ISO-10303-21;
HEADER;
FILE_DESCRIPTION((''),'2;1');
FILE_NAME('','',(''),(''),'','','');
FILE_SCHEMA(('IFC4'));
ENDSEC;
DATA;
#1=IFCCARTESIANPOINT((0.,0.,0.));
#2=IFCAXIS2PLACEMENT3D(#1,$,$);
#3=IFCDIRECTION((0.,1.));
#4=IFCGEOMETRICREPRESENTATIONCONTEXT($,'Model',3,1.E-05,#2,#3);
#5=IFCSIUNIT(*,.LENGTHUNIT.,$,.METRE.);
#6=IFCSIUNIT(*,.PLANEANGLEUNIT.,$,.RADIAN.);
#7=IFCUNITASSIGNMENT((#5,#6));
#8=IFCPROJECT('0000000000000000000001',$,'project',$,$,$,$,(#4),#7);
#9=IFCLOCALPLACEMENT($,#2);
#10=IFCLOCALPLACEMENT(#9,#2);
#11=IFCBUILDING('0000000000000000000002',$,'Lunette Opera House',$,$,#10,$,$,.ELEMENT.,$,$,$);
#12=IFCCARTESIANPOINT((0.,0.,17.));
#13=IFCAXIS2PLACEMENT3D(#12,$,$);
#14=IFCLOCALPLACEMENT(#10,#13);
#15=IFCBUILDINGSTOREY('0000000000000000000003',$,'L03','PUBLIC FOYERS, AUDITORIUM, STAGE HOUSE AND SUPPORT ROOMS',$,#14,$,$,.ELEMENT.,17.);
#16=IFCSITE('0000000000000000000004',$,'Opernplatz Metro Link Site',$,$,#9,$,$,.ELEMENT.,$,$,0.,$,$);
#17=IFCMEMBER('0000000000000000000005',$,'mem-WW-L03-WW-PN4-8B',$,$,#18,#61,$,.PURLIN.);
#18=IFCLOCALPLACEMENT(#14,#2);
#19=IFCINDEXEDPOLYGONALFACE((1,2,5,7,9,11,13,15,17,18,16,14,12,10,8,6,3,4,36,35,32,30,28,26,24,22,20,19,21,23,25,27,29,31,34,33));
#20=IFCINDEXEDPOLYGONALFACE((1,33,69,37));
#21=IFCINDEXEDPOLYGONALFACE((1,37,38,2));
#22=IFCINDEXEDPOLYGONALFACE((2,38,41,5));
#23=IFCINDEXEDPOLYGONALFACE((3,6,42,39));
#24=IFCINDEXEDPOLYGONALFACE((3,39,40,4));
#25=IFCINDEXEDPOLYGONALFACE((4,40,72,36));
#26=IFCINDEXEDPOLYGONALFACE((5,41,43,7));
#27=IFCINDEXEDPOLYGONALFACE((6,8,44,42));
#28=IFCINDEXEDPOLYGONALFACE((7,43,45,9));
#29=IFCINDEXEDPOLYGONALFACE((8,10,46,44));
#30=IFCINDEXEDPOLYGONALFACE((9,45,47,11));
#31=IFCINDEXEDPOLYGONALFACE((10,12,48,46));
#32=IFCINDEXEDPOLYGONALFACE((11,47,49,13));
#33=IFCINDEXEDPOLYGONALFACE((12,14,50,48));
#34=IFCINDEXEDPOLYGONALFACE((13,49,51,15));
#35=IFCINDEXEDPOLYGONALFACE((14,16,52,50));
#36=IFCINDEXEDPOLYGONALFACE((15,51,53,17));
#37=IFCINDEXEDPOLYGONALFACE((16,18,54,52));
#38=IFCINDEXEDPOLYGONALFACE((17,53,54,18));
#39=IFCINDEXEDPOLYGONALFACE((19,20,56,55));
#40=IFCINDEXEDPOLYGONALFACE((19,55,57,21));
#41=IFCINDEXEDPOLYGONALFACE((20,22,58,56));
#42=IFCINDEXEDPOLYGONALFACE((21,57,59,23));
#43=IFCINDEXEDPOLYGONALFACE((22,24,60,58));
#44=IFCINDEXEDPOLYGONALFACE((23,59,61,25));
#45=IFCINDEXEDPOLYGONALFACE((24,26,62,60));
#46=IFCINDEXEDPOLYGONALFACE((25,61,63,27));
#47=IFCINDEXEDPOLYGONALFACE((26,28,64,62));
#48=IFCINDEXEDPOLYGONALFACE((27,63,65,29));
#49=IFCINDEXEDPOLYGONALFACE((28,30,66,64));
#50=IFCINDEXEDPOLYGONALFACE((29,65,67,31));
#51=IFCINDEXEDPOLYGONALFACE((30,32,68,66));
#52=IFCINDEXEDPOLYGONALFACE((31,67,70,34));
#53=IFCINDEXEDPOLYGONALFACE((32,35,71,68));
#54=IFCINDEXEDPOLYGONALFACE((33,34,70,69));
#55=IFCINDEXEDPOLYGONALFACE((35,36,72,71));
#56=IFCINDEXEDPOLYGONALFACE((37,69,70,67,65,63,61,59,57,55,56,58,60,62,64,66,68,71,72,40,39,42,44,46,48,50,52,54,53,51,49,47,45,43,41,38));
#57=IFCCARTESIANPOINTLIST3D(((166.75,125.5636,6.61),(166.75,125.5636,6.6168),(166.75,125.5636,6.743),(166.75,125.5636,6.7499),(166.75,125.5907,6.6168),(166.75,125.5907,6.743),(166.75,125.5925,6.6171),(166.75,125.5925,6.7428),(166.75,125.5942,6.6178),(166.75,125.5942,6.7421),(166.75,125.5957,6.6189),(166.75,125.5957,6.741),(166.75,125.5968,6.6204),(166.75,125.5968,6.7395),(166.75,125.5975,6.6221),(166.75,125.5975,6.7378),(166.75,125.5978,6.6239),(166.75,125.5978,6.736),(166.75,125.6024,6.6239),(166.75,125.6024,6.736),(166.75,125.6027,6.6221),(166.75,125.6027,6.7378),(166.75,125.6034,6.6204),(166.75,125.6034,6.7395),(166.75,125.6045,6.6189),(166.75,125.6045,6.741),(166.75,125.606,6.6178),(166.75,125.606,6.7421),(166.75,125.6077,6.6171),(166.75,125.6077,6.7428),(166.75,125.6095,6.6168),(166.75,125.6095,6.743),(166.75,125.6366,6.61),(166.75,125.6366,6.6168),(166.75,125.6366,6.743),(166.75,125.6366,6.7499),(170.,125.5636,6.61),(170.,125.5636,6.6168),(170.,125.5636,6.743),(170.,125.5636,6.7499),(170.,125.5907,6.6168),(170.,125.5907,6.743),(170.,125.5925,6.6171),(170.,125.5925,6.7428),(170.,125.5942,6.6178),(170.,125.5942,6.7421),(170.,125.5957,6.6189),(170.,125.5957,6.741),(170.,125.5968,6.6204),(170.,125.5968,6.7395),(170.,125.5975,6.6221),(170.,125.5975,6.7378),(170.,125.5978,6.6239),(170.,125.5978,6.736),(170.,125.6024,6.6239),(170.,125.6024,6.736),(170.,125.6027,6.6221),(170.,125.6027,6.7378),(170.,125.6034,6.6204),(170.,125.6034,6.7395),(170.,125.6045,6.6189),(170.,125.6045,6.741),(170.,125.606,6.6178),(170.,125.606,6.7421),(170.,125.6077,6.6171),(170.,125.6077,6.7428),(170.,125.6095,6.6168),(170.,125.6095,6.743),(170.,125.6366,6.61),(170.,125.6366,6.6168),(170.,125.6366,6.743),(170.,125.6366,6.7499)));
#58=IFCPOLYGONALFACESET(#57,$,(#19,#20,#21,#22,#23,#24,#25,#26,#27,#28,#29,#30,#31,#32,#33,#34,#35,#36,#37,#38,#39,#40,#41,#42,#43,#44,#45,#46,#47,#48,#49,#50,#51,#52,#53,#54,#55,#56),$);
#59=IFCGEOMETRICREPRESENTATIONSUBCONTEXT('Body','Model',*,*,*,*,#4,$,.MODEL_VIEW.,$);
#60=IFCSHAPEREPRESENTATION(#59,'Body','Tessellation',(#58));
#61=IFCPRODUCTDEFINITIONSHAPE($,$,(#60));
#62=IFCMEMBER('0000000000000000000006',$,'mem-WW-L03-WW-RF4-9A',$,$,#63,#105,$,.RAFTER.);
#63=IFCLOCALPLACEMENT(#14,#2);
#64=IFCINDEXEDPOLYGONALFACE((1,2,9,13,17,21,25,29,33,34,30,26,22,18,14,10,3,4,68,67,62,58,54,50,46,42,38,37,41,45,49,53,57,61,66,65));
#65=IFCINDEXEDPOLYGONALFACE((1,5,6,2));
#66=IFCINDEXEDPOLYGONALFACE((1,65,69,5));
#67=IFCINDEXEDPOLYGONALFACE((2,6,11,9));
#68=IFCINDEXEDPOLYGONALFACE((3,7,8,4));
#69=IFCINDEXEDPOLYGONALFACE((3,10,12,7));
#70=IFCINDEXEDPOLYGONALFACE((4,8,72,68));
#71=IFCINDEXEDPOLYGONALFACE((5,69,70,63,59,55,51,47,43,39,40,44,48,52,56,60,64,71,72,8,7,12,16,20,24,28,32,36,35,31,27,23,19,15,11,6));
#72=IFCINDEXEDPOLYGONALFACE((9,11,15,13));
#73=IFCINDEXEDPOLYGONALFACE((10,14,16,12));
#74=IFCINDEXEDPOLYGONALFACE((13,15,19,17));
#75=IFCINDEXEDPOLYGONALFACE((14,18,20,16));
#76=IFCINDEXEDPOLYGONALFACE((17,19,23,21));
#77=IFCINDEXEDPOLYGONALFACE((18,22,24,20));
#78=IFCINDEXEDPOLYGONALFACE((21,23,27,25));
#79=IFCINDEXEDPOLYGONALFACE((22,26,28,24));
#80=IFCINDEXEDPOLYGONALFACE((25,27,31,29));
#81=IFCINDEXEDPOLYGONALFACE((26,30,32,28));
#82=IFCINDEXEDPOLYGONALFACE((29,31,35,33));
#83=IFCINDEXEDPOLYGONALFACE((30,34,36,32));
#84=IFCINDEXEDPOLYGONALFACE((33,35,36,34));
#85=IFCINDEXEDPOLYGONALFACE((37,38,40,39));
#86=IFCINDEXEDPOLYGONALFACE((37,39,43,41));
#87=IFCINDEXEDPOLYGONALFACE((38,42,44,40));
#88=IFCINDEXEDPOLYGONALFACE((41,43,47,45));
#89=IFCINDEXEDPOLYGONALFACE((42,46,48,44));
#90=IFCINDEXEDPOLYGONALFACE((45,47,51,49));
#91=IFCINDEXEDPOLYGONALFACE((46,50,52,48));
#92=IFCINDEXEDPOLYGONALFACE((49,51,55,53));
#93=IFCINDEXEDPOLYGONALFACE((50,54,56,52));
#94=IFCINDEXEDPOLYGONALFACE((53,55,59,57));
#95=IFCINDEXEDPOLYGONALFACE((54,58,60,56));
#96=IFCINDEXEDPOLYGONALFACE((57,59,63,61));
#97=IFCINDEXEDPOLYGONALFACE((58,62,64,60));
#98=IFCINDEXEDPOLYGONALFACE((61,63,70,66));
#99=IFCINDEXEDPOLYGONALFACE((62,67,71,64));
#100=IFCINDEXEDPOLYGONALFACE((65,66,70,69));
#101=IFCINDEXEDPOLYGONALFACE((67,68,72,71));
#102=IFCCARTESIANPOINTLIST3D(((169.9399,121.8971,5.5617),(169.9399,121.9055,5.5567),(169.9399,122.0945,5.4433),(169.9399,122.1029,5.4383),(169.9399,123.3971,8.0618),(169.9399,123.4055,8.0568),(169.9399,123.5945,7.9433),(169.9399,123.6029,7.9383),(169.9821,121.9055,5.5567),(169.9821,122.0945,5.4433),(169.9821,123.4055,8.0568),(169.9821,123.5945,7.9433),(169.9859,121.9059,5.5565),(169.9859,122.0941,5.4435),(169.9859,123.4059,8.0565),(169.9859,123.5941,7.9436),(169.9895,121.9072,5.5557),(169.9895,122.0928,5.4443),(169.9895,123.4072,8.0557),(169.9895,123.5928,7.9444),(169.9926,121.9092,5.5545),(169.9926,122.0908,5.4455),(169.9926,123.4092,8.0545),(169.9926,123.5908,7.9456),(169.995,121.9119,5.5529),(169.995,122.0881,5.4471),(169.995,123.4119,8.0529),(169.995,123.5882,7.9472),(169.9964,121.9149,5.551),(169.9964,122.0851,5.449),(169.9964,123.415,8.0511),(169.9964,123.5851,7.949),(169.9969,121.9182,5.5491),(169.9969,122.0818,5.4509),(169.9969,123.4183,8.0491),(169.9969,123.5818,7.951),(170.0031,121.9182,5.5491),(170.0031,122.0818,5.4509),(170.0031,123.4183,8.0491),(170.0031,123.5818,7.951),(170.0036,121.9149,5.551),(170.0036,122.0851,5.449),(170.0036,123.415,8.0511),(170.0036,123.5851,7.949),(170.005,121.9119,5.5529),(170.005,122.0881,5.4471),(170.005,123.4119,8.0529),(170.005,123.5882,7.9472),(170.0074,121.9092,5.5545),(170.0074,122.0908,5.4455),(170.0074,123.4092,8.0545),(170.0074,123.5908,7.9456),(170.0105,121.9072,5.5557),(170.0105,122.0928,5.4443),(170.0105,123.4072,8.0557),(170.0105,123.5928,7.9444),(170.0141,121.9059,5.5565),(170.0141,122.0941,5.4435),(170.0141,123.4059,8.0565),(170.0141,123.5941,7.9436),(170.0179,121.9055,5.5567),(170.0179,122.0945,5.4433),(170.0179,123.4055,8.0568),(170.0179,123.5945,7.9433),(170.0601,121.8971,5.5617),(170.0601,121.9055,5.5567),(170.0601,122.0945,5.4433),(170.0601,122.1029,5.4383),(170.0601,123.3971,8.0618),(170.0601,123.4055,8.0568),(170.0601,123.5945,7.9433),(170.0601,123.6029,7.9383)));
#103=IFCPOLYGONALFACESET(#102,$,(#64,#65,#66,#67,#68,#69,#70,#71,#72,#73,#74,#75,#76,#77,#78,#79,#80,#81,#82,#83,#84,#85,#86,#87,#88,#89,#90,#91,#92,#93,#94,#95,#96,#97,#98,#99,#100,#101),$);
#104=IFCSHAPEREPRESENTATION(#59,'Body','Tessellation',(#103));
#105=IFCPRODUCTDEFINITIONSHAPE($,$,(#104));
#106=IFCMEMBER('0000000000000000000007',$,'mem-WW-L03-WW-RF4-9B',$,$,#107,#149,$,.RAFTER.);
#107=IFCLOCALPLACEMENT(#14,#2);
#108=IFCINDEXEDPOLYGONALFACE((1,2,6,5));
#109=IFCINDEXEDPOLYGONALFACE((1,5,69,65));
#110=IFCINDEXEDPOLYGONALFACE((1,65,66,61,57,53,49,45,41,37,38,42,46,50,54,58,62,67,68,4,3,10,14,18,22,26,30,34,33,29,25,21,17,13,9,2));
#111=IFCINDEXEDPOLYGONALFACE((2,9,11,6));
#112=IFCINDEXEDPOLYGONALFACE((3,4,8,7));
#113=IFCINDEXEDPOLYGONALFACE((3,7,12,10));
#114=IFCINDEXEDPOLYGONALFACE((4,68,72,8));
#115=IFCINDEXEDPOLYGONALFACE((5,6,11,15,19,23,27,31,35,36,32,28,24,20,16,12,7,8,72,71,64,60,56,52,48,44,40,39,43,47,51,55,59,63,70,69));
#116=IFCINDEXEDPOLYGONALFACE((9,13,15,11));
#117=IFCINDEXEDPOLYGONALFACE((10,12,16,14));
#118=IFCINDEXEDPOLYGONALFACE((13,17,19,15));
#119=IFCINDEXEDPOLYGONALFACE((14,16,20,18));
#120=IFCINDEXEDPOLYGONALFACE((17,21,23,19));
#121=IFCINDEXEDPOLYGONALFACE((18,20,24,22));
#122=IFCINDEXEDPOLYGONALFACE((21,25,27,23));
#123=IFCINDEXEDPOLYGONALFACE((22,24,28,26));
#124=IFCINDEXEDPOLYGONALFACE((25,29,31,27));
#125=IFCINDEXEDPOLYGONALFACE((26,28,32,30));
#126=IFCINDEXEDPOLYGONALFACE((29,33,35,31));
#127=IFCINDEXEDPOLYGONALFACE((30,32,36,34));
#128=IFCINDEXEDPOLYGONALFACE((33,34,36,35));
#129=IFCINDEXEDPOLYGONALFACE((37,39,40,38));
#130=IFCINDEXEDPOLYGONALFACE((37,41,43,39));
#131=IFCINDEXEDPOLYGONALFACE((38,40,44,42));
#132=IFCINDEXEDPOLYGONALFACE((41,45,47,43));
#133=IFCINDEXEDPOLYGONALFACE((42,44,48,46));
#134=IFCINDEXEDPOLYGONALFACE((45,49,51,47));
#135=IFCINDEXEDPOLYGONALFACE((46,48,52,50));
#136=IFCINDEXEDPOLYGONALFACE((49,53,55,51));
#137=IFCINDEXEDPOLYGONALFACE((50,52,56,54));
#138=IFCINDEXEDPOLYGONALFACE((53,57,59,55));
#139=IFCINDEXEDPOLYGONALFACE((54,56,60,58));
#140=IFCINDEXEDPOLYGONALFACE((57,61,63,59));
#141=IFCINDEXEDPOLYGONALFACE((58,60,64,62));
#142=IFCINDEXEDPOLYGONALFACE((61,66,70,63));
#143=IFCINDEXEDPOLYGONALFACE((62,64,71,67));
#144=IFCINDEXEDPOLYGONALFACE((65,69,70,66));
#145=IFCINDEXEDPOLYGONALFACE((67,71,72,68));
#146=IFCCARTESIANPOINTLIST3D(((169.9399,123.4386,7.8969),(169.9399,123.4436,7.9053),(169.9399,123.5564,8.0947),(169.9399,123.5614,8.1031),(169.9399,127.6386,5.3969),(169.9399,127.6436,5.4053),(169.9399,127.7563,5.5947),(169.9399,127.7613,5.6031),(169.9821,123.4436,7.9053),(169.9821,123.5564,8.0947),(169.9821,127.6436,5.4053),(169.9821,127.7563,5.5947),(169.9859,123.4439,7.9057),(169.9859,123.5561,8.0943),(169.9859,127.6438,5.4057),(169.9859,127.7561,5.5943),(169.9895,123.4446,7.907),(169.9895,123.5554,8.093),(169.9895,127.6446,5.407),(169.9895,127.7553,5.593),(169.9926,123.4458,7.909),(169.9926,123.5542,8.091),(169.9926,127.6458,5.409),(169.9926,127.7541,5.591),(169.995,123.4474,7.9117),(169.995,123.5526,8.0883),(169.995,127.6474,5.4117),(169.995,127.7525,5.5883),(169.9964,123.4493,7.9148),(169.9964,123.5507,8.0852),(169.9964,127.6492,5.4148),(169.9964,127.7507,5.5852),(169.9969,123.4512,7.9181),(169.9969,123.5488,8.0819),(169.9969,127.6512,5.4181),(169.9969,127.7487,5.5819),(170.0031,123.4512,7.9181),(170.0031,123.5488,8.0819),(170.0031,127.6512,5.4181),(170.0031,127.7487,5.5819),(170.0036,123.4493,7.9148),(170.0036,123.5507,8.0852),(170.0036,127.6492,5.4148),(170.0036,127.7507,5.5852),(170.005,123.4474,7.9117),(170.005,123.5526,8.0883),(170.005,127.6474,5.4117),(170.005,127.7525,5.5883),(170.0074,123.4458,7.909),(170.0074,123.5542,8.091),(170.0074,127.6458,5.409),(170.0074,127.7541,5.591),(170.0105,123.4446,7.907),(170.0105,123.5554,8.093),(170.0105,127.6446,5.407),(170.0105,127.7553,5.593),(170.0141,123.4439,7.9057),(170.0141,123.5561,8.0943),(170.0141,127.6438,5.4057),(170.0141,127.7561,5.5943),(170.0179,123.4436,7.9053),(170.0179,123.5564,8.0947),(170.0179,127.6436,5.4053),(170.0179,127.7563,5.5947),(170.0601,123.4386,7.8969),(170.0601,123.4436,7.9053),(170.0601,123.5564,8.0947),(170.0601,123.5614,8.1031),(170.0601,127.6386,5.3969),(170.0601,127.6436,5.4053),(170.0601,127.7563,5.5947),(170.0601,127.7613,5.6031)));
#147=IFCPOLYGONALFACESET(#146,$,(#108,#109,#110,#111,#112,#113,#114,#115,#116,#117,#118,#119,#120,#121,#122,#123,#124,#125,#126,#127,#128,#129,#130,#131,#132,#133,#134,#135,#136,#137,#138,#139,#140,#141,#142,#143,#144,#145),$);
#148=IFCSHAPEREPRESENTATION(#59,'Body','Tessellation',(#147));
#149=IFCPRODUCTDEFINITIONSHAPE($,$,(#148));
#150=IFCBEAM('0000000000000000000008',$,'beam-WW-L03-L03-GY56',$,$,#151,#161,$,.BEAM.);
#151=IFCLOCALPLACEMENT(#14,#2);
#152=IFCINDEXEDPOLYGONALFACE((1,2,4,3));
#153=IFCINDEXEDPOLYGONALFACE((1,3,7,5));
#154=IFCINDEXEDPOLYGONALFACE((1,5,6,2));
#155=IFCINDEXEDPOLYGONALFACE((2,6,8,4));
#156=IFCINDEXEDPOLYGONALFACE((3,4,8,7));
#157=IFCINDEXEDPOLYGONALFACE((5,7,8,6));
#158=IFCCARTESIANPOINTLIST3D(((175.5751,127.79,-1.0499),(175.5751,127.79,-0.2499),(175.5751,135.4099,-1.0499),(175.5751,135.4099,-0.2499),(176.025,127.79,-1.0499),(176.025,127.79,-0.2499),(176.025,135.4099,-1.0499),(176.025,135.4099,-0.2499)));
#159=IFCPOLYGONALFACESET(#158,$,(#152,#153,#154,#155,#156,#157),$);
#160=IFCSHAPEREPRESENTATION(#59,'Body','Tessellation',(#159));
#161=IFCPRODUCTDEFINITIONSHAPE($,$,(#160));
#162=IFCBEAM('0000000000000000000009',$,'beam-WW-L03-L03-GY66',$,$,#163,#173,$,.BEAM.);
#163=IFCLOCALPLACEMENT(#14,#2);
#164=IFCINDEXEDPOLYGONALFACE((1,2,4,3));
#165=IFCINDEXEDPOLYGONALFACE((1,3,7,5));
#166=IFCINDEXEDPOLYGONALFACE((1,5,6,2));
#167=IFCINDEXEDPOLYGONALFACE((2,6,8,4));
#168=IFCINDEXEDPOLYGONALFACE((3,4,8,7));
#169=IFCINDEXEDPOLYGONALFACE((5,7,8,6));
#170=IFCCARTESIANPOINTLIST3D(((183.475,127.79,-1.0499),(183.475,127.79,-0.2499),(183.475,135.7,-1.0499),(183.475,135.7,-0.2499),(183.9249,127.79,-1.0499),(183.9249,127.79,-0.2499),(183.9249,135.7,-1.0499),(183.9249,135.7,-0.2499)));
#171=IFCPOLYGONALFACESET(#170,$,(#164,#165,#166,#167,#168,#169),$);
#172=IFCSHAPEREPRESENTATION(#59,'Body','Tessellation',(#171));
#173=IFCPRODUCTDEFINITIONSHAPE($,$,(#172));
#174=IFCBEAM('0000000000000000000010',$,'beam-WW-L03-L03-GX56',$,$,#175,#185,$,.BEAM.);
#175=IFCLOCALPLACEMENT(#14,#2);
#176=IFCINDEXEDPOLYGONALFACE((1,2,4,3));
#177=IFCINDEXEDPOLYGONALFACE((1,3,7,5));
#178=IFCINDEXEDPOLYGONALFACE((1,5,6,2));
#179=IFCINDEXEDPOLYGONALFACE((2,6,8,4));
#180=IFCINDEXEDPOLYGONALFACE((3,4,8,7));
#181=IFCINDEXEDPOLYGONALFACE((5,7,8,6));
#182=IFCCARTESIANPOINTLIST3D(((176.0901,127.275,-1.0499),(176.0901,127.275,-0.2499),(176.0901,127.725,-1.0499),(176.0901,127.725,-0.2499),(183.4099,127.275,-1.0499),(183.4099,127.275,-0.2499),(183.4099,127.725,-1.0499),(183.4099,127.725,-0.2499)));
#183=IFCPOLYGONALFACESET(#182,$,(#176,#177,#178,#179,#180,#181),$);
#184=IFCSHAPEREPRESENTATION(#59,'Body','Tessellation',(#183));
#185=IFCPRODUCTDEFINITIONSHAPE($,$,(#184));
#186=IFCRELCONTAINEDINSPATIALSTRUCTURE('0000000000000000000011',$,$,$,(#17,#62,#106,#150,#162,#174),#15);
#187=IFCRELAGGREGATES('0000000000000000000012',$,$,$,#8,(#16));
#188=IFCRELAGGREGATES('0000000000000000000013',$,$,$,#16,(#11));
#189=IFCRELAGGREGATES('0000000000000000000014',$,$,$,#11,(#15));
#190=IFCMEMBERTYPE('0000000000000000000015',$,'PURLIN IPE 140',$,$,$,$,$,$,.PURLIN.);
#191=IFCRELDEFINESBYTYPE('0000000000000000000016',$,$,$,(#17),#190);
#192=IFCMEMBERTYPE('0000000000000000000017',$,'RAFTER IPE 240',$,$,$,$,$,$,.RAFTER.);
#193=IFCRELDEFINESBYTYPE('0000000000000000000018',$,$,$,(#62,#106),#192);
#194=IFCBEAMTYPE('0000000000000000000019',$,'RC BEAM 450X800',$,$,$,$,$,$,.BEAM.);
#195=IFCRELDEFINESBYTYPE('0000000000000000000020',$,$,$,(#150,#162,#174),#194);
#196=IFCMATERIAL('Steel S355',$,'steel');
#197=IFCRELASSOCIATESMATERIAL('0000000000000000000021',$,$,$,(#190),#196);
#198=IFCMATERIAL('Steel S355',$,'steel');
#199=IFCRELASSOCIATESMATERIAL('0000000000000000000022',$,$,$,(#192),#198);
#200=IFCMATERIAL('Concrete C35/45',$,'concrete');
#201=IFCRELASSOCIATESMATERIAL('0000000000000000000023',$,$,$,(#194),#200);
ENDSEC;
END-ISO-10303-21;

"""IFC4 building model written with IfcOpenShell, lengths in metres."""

from ifc_helpers import new_model, si_unit, direction, frame, origin, origin_2d, place, context, subcontext, project, spatial, rectangle, i_section, extrude, material, material_profile, profile_set, type_object, element, save


model = new_model("IFC4")

# Units and contexts
model_context = context("Model", 3, precision=1e-05, world=origin(), true_north=direction((0.0, 1.0)))
body_context = subcontext(model_context, "Body", "Model", "MODEL_VIEW")
ifc_project = project(units=[si_unit("LENGTHUNIT", "METRE"), si_unit("PLANEANGLEUNIT", "RADIAN")], contexts=[model_context])

# Site, building, storey
site_placement = place(None, origin())
site = spatial("IfcSite", under=ifc_project, at=site_placement, Name="Opernplatz Metro Link Site", CompositionType="ELEMENT", RefElevation=0.0)
building_placement = place(site_placement, origin())
building = spatial("IfcBuilding", under=site, at=building_placement, Name="Lunette Opera House", CompositionType="ELEMENT")
storey_placement = place(building_placement, frame((0.0, 0.0, 17.0)))
storey = spatial("IfcBuildingStorey", under=building, at=storey_placement, Name="L03", Description="PUBLIC FOYERS, AUDITORIUM, STAGE HOUSE AND SUPPORT ROOMS", CompositionType="ELEMENT", Elevation=17.0)

# Members
ifc_material_1 = material(Name="Steel S355", Category="steel")
ifc_material_profile_1 = material_profile(ifc_material_1, i_section(OverallWidth=0.073, OverallDepth=0.1399, WebThickness=0.0046, FlangeThickness=0.0068, FilletRadius=0.0071, at=origin_2d()), Name="IPE 140")
ifc_profile_set_1 = profile_set([ifc_material_profile_1], Name="Steel S355")
member_type_1 = type_object("IfcMemberType", Name="PURLIN IPE 140", PredefinedType="PURLIN", material=ifc_profile_set_1)
member_1_placement = place(storey_placement, frame((166.75, 125.6001, 6.6799), z_axis=(1.0, 0.0, 0.0), x_axis=(0.0, 1.0, 0.0)))
element("IfcMember", 1, at=member_1_placement, inside=storey, type_object=member_type_1, Name="mem-WW-L03-WW-PN4-8B", PredefinedType="PURLIN", context=body_context, shape_type="SweptSolid", body=[
    extrude(i_section(OverallWidth=0.073, OverallDepth=0.1399, WebThickness=0.0046, FlangeThickness=0.0068, FilletRadius=0.0071, at=origin_2d()), origin(), (0.0, 0.0, 1.0), 3.25),
])
ifc_material_2 = material(Name="Steel S355", Category="steel")
ifc_material_profile_2 = material_profile(ifc_material_2, i_section(OverallWidth=0.1201, OverallDepth=0.24, WebThickness=0.0061, FlangeThickness=0.0098, FilletRadius=0.0149, at=origin_2d()), Name="IPE 240")
ifc_profile_set_2 = profile_set([ifc_material_profile_2], Name="Steel S355")
member_type_2 = type_object("IfcMemberType", Name="RAFTER IPE 240", PredefinedType="RAFTER", material=ifc_profile_set_2)
member_2_placement = place(storey_placement, frame((170.0, 122.0, 5.5), z_axis=(0.0, 0.514496, 0.857493), x_axis=(-1.0, 0.0, 0.0)))
element("IfcMember", 2, at=member_2_placement, inside=storey, type_object=member_type_2, Name="mem-WW-L03-WW-RF4-9A", PredefinedType="RAFTER", context=body_context, shape_type="SweptSolid", body=[
    extrude(i_section(OverallWidth=0.1201, OverallDepth=0.24, WebThickness=0.0061, FlangeThickness=0.0098, FilletRadius=0.0149, at=origin_2d()), origin(), (0.0, 0.0, 1.0), 2.9155),
])
member_3_placement = place(storey_placement, frame((170.0, 123.5, 8.0), z_axis=(0.0, 0.85929, -0.511488), x_axis=(-1.0, 0.0, 0.0)))
element("IfcMember", 3, at=member_3_placement, inside=storey, type_object=member_type_2, Name="mem-WW-L03-WW-RF4-9B", PredefinedType="RAFTER", context=body_context, shape_type="SweptSolid", body=[
    extrude(i_section(OverallWidth=0.1201, OverallDepth=0.24, WebThickness=0.0061, FlangeThickness=0.0098, FilletRadius=0.0149, at=origin_2d()), origin(), (0.0, 0.0, 1.0), 4.8877),
])

# Beams
ifc_material_3 = material(Name="Concrete C35/45", Category="concrete")
ifc_material_profile_3 = material_profile(ifc_material_3, rectangle(XDim=0.45, YDim=0.8, at=origin_2d()), Name="RC BEAM 450X800")
ifc_profile_set_3 = profile_set([ifc_material_profile_3], Name="Concrete C35/45")
beam_type_1 = type_object("IfcBeamType", Name="RC BEAM 450X800", PredefinedType="BEAM", material=ifc_profile_set_3)
beam_1_placement = place(storey_placement, frame((175.8, 127.79, -0.6499), z_axis=(0.0, 1.0, 0.0), x_axis=(-1.0, 0.0, 0.0)))
element("IfcBeam", 4, at=beam_1_placement, inside=storey, type_object=beam_type_1, Name="beam-WW-L03-L03-GY56", PredefinedType="BEAM", context=body_context, shape_type="SweptSolid", body=[
    extrude(rectangle(XDim=0.45, YDim=0.8, at=origin_2d()), origin(), (0.0, 0.0, 1.0), 7.6199),
])
beam_2_placement = place(storey_placement, frame((183.7, 127.79, -0.6499), z_axis=(0.0, 1.0, 0.0), x_axis=(-1.0, 0.0, 0.0)))
element("IfcBeam", 5, at=beam_2_placement, inside=storey, type_object=beam_type_1, Name="beam-WW-L03-L03-GY66", PredefinedType="BEAM", context=body_context, shape_type="SweptSolid", body=[
    extrude(rectangle(XDim=0.45, YDim=0.8, at=origin_2d()), origin(), (0.0, 0.0, 1.0), 7.9099),
])
beam_3_placement = place(storey_placement, frame((176.0901, 127.5, -0.6499), z_axis=(1.0, 0.0, 0.0), x_axis=(0.0, 1.0, 0.0)))
element("IfcBeam", 6, at=beam_3_placement, inside=storey, type_object=beam_type_1, Name="beam-WW-L03-L03-GX56", PredefinedType="BEAM", context=body_context, shape_type="SweptSolid", body=[
    extrude(rectangle(XDim=0.45, YDim=0.8, at=origin_2d()), origin(), (0.0, 0.0, 1.0), 7.3198),
])

save(model, "model.ifc")
